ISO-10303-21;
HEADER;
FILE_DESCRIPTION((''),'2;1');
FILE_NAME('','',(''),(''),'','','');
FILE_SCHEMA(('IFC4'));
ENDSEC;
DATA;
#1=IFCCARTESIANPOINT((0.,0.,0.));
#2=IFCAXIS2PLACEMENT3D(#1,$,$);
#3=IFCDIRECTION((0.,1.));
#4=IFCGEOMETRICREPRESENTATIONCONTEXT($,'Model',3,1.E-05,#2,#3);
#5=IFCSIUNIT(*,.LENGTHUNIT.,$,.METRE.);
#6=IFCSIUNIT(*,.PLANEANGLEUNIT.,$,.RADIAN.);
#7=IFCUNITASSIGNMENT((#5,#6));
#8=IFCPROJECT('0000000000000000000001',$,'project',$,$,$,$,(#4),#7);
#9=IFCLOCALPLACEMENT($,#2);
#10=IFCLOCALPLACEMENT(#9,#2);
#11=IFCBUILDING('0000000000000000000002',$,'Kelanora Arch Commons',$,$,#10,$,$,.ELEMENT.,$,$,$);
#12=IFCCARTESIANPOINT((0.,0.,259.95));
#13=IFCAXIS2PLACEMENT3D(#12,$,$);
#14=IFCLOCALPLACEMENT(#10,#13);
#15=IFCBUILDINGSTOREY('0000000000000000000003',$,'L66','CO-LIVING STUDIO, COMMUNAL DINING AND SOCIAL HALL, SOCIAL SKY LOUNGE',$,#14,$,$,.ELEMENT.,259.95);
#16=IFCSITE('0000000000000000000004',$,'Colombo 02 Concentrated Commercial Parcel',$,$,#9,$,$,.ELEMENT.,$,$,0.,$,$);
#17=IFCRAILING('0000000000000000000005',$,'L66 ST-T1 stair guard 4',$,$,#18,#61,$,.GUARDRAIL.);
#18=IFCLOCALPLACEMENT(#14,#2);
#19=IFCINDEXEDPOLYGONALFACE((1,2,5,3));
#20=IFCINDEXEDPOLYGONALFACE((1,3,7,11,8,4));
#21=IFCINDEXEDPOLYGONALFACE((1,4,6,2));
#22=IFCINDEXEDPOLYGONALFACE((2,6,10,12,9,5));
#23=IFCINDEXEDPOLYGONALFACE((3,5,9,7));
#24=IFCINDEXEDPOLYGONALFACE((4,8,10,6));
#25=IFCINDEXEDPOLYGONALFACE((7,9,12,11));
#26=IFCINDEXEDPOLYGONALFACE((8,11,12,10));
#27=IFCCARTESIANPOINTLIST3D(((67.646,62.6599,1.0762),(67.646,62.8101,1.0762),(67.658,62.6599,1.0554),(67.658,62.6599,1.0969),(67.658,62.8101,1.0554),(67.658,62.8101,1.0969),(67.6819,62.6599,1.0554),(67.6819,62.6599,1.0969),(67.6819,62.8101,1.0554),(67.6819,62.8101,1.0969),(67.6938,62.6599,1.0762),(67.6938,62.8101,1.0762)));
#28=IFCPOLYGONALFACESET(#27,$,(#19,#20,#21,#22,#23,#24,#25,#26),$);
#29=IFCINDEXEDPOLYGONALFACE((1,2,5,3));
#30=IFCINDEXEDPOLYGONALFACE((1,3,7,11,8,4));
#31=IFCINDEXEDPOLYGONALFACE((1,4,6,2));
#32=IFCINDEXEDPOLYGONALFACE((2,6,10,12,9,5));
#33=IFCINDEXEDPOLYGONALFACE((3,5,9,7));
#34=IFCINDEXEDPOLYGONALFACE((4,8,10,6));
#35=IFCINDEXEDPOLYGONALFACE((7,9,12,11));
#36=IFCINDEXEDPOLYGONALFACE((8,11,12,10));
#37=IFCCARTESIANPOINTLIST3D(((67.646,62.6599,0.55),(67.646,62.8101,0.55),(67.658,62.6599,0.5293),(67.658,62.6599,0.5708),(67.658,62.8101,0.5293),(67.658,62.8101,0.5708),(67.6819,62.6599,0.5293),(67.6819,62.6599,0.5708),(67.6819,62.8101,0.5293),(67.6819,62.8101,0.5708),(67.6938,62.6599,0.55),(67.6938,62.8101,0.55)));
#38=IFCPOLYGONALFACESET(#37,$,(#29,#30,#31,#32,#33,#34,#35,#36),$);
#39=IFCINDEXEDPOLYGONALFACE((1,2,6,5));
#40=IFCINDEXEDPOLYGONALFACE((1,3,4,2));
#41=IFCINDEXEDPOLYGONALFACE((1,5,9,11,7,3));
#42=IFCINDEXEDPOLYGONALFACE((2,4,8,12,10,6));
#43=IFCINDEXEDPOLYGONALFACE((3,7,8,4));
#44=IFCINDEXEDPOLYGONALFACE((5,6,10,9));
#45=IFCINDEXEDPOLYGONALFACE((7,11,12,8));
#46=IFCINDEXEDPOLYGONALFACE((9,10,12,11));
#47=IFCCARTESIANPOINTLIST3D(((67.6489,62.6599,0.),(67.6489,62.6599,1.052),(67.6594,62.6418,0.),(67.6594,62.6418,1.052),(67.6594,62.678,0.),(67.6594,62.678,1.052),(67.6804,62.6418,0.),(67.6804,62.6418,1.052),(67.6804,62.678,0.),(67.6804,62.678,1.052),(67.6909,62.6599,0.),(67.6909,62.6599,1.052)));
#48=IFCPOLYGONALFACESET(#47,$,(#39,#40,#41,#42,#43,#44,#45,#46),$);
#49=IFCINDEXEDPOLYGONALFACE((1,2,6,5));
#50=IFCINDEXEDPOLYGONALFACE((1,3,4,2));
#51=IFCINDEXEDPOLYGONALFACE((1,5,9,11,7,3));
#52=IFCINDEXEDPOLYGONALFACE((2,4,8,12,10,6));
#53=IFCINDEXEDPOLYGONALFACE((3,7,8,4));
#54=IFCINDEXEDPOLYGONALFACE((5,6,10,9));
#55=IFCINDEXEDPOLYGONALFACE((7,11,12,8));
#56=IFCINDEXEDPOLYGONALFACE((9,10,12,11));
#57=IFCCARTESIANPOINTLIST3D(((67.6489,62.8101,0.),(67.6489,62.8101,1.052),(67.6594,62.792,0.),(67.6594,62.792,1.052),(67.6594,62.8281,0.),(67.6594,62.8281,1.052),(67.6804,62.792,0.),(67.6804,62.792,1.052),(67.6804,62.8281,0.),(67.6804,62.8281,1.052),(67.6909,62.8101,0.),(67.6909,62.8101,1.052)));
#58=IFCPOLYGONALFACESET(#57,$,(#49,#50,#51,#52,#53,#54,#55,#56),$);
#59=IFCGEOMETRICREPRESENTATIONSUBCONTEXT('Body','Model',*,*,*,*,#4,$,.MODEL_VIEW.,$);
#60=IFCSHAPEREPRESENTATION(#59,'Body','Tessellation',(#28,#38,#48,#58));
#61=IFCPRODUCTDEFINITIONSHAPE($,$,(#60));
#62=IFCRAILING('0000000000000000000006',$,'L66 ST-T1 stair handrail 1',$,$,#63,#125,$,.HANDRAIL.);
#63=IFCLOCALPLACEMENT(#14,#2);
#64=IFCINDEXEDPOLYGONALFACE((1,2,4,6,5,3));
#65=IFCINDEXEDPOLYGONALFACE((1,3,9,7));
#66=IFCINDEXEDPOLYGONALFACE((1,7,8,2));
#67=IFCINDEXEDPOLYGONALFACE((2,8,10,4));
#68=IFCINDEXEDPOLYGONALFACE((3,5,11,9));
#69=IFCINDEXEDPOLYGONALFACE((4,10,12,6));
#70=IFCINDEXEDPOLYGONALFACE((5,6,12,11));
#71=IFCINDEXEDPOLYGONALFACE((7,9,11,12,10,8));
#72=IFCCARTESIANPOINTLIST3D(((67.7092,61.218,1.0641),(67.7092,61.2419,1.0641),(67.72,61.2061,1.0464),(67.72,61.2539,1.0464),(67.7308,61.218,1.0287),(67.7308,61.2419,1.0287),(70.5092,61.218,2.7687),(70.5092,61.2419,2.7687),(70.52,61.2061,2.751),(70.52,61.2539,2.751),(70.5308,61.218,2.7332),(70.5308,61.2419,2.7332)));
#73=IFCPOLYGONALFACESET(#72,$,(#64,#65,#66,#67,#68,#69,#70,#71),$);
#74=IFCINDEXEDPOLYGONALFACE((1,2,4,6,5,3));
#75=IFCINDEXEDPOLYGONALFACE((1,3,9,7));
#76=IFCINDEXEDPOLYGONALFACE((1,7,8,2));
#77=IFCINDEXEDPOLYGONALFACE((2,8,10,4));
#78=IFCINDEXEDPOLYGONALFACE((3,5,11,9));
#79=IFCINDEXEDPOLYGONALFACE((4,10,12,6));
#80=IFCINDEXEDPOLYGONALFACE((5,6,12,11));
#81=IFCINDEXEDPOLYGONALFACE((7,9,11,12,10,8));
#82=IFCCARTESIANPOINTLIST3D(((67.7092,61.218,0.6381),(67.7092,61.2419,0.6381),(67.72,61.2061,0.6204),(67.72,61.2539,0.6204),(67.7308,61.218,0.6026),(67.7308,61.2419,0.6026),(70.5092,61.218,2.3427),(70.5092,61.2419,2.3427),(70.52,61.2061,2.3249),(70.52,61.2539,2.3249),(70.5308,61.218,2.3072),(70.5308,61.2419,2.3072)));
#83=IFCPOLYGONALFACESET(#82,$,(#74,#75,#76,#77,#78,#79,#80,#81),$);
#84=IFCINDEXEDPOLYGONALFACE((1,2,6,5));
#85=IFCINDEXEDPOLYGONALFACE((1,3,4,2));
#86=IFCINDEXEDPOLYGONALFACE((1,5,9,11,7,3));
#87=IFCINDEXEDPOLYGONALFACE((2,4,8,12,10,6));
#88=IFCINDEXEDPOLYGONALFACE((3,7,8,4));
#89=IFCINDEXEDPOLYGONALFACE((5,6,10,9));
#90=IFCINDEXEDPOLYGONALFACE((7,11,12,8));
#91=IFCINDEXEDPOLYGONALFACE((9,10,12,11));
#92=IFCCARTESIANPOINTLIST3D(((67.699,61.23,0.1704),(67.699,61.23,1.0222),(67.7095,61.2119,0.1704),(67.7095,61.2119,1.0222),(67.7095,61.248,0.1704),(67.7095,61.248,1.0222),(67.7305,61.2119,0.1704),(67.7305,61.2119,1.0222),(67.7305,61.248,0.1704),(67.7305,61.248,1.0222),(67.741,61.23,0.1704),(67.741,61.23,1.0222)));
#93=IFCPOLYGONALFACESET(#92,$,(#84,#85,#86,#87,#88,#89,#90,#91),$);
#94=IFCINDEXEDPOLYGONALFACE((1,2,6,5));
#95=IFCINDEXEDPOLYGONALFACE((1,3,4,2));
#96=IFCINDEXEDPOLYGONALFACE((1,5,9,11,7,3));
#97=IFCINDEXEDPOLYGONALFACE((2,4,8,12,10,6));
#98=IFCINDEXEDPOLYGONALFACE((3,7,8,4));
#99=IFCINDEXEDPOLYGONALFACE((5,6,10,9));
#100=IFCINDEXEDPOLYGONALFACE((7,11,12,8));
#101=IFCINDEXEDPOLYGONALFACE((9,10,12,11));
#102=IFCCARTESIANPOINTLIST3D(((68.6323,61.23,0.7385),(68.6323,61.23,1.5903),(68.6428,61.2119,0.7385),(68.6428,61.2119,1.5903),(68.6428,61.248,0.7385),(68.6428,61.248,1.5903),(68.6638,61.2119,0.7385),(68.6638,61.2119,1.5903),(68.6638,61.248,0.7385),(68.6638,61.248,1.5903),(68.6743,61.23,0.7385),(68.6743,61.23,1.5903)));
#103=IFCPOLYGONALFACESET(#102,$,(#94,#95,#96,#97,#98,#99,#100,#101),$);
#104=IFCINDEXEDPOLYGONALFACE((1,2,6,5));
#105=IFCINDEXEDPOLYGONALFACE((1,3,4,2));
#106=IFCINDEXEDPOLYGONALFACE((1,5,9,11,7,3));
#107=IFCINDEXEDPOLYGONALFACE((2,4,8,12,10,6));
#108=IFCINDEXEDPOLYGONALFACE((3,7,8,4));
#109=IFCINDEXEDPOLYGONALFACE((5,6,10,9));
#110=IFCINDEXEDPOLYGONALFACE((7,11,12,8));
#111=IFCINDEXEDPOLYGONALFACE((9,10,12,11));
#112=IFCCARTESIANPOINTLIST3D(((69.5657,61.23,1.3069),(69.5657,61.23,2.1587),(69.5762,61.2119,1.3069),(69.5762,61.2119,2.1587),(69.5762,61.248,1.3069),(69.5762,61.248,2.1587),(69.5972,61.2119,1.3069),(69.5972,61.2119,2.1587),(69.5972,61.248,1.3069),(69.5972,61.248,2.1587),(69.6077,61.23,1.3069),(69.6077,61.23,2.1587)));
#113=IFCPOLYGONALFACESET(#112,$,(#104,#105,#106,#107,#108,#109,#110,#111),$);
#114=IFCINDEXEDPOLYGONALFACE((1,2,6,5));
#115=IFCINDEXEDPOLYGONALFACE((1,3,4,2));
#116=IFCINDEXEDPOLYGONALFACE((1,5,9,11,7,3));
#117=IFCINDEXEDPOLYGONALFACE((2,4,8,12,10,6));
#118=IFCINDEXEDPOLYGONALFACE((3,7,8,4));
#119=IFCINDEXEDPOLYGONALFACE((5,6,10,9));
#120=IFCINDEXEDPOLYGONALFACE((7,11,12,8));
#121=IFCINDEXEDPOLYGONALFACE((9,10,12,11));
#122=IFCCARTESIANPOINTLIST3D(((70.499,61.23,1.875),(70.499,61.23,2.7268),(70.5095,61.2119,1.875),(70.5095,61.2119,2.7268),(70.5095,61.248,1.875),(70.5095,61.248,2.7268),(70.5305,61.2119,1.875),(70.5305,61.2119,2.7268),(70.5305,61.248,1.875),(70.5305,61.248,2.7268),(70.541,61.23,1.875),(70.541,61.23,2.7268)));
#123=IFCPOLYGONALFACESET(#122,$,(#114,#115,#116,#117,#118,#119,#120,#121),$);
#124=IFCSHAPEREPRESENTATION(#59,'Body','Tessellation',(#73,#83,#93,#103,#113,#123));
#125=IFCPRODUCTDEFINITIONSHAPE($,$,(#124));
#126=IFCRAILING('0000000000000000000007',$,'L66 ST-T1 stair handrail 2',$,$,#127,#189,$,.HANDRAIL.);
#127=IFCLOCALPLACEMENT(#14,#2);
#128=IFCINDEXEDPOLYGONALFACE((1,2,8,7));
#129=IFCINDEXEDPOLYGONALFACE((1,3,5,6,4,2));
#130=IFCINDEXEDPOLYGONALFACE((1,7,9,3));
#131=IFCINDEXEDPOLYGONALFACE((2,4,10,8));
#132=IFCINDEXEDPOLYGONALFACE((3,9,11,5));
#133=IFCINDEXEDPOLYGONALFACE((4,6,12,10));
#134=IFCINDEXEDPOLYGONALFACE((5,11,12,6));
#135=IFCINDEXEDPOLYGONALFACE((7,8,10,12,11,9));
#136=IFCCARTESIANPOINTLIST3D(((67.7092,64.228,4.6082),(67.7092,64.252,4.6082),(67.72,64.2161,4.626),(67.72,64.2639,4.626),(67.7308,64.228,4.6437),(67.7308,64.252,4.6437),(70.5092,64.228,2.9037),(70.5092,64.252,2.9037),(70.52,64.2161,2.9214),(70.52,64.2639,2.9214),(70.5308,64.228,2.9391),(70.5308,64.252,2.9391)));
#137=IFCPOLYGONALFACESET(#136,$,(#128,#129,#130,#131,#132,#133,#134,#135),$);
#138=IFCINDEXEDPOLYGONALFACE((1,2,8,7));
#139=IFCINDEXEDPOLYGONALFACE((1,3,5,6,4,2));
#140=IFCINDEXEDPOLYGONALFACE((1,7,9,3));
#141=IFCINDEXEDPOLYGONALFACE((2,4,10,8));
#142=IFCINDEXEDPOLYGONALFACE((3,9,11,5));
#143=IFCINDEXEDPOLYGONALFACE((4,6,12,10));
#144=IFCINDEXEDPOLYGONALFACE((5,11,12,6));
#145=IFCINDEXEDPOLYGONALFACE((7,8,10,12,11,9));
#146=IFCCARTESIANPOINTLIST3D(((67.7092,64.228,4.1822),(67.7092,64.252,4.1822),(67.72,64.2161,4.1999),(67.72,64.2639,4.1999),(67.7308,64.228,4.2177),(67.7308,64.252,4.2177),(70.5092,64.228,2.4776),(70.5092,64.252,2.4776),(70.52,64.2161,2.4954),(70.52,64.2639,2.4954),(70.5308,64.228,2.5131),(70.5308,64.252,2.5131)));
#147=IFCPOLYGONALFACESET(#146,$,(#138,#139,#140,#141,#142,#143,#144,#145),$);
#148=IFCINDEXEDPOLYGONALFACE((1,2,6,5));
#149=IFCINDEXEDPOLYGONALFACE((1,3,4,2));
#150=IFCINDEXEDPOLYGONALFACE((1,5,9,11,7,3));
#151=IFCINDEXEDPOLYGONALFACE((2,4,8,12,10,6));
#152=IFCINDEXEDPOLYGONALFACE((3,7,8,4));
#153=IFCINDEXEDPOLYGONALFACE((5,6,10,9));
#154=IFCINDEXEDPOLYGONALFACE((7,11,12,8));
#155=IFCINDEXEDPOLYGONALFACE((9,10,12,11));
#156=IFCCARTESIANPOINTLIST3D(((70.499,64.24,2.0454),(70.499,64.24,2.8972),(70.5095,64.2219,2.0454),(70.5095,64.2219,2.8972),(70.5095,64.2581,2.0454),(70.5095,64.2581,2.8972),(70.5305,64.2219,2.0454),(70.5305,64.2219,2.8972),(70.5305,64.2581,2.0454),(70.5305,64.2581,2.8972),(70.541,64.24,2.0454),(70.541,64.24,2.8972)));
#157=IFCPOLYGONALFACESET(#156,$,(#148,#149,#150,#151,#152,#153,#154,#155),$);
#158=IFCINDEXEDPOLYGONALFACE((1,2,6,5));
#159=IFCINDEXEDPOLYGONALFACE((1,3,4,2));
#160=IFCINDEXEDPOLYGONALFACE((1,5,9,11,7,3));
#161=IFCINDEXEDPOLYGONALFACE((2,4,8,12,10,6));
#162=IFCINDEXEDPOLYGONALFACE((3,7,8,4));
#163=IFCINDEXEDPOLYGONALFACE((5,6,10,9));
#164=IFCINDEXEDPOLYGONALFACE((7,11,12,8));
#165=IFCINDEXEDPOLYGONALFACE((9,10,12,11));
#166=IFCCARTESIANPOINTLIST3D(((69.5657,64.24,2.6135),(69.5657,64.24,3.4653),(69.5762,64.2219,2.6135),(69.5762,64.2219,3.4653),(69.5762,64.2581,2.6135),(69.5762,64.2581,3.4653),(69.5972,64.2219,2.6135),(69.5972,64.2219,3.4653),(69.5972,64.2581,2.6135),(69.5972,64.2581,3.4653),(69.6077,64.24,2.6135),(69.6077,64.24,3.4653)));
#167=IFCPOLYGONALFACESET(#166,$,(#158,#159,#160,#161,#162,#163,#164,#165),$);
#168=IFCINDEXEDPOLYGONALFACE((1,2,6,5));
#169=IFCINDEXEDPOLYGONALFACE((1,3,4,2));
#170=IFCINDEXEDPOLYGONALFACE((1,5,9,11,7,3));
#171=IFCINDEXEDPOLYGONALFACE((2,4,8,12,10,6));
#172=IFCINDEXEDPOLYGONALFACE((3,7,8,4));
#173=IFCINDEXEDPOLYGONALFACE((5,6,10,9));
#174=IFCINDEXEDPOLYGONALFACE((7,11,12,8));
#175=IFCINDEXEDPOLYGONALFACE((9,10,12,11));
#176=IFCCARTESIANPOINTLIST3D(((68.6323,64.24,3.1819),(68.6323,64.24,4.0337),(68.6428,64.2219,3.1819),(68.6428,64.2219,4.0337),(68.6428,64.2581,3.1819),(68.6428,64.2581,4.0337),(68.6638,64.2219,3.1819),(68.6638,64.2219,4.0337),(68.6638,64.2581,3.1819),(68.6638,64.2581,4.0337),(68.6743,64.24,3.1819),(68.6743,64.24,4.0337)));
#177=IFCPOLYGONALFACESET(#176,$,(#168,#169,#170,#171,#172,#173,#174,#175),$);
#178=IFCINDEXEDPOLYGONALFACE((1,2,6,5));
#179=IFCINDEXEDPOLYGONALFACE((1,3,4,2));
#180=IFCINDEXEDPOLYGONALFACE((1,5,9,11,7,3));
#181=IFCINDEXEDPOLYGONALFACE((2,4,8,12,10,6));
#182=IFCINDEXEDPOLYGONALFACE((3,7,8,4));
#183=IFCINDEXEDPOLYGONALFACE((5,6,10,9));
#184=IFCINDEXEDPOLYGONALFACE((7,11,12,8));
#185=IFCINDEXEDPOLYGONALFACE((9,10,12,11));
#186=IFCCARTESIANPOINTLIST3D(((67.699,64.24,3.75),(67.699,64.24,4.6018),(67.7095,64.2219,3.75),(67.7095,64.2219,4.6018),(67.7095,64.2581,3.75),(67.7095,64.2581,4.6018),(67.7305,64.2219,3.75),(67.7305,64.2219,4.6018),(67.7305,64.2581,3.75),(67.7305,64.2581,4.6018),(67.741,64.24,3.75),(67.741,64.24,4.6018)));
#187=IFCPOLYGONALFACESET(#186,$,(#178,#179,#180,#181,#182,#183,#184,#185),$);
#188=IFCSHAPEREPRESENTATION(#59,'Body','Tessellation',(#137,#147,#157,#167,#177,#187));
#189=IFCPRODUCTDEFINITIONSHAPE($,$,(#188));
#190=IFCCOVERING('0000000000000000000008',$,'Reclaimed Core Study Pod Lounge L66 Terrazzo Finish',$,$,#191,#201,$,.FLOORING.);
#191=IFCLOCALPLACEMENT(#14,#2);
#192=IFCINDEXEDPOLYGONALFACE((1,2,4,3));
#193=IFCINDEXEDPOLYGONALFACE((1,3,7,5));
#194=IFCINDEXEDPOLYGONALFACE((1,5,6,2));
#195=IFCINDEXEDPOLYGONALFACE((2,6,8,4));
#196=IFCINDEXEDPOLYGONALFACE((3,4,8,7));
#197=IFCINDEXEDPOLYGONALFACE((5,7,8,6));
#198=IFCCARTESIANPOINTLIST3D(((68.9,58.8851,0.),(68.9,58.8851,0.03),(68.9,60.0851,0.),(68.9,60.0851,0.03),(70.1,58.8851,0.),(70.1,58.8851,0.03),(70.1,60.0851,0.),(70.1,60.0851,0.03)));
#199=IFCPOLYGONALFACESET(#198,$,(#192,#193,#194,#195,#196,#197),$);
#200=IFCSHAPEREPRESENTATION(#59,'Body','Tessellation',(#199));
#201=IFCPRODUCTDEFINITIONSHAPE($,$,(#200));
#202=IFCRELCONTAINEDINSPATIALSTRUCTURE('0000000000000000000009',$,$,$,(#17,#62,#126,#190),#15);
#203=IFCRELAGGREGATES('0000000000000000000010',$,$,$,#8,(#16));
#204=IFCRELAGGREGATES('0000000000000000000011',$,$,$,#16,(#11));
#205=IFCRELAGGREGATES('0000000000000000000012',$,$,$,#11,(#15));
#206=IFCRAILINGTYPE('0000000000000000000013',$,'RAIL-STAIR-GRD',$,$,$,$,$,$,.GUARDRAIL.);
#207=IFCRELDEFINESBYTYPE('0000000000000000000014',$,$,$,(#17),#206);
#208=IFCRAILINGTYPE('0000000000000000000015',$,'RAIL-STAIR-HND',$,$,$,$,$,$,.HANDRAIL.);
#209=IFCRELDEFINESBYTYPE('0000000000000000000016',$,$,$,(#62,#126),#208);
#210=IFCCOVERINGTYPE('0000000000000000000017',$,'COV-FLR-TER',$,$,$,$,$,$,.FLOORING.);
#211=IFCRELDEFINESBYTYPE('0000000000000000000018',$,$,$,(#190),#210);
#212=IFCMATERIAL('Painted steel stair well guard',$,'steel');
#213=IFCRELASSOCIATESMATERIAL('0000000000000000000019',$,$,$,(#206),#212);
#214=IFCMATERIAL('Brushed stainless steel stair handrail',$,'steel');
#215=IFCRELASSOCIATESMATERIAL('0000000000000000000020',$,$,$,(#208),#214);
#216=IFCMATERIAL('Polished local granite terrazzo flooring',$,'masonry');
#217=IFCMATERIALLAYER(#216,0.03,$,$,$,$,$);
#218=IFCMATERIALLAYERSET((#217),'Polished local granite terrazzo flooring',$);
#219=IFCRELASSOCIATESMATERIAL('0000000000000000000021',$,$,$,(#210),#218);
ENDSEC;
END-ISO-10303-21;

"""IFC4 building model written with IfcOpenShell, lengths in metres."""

from ifc_helpers import new_model, si_unit, direction, frame, origin, origin_2d, place, context, subcontext, project, spatial, polyline, rectangle, outline, extrude, source, transform, mapped, material, layer, layer_set, type_object, element, save


model = new_model("IFC4")

# Units and contexts
model_context = context("Model", 3, precision=1e-05, world=origin(), true_north=direction((0.0, 1.0)))
body_context = subcontext(model_context, "Body", "Model", "MODEL_VIEW")
ifc_project = project(units=[si_unit("LENGTHUNIT", "METRE"), si_unit("PLANEANGLEUNIT", "RADIAN")], contexts=[model_context])

# Site, building, storey
site_placement = place(None, origin())
site = spatial("IfcSite", under=ifc_project, at=site_placement, Name="Colombo 02 Concentrated Commercial Parcel", CompositionType="ELEMENT", RefElevation=0.0)
building_placement = place(site_placement, origin())
building = spatial("IfcBuilding", under=site, at=building_placement, Name="Kelanora Arch Commons", CompositionType="ELEMENT")
storey_placement = place(building_placement, frame((0.0, 0.0, 259.95)))
storey = spatial("IfcBuildingStorey", under=building, at=storey_placement, Name="L66", Description="CO-LIVING STUDIO, COMMUNAL DINING AND SOCIAL HALL, SOCIAL SKY LOUNGE", CompositionType="ELEMENT", Elevation=259.95)

# Railings
ifc_material_1 = material(Name="Painted steel stair well guard", Category="steel")
railing_type_1 = type_object("IfcRailingType", Name="RAIL-STAIR-GRD", PredefinedType="GUARDRAIL", material=ifc_material_1)
railing_1_placement = place(storey_placement, frame((67.6699, 62.6599, 0.0)))
element("IfcRailing", 1, at=railing_1_placement, inside=storey, type_object=railing_type_1, Name="L66 ST-T1 stair guard 4", PredefinedType="GUARDRAIL", context=body_context, shape_type="SweptSolid", body=[
    extrude(outline(polyline([(0.0239, 0.0), (0.012, 0.0208), (-0.012, 0.0208), (-0.0239, 0.0), (-0.012, -0.0208), (0.012, -0.0208), (0.0239, 0.0)])), frame((0.0, 0.0, 1.0762), z_axis=(0.0, 1.0, 0.0), x_axis=(-1.0, 0.0, 0.0)), (0.0, 0.0, 1.0), 0.1501),
    extrude(outline(polyline([(0.0239, 0.0), (0.012, 0.0208), (-0.012, 0.0208), (-0.0239, 0.0), (-0.012, -0.0208), (0.012, -0.0208), (0.0239, 0.0)])), frame((0.0, 0.0, 0.55), z_axis=(0.0, 1.0, 0.0), x_axis=(-1.0, 0.0, 0.0)), (0.0, 0.0, 1.0), 0.1501),
    extrude(outline(polyline([(0.021, 0.0), (0.0105, 0.0181), (-0.0105, 0.0181), (-0.021, 0.0), (-0.0105, -0.0181), (0.0105, -0.0181), (0.021, 0.0)])), origin(), (0.0, 0.0, 1.0), 1.052),
    extrude(outline(polyline([(0.021, 0.0), (0.0105, 0.0181), (-0.0105, 0.0181), (-0.021, 0.0), (-0.0105, -0.0181), (0.0105, -0.0181), (0.021, 0.0)])), frame((0.0, 0.1501, 0.0)), (0.0, 0.0, 1.0), 1.052),
])
ifc_material_2 = material(Name="Brushed stainless steel stair handrail", Category="steel")
railing_type_2 = type_object("IfcRailingType", Name="RAIL-STAIR-HND", PredefinedType="HANDRAIL", material=ifc_material_2)
railing_2_placement = place(storey_placement, frame((67.72, 61.23, 0.1704)))
element("IfcRailing", 2, at=railing_2_placement, inside=storey, type_object=railing_type_2, Name="L66 ST-T1 stair handrail 1", PredefinedType="HANDRAIL", context=body_context, shape_type="SweptSolid", body=[
    extrude(outline(polyline([(0.0239, 0.0), (0.012, 0.0208), (-0.012, 0.0208), (-0.0239, 0.0), (-0.012, -0.0208), (0.012, -0.0208), (0.0239, 0.0)])), frame((0.0, 0.0, 0.876), z_axis=(0.85417, 0.0, 0.519994), x_axis=(0.0, 1.0, 0.0)), (0.0, 0.0, 1.0), 3.2781),
    extrude(outline(polyline([(0.0239, 0.0), (0.012, 0.0208), (-0.012, 0.0208), (-0.0239, 0.0), (-0.012, -0.0208), (0.012, -0.0208), (0.0239, 0.0)])), frame((0.0, 0.0, 0.45), z_axis=(0.85417, 0.0, 0.519994), x_axis=(0.0, 1.0, 0.0)), (0.0, 0.0, 1.0), 3.2781),
    extrude(outline(polyline([(0.021, 0.0), (0.0105, 0.0181), (-0.0105, 0.0181), (-0.021, 0.0), (-0.0105, -0.0181), (0.0105, -0.0181), (0.021, 0.0)])), origin(), (0.0, 0.0, 1.0), 0.8518),
    extrude(outline(polyline([(0.021, 0.0), (0.0105, 0.0181), (-0.0105, 0.0181), (-0.021, 0.0), (-0.0105, -0.0181), (0.0105, -0.0181), (0.021, 0.0)])), frame((0.9333, 0.0, 0.5681)), (0.0, 0.0, 1.0), 0.8518),
    extrude(outline(polyline([(0.021, 0.0), (0.0105, 0.0181), (-0.0105, 0.0181), (-0.021, 0.0), (-0.0105, -0.0181), (0.0105, -0.0181), (0.021, 0.0)])), frame((1.8667, 0.0, 1.1365)), (0.0, 0.0, 1.0), 0.8518),
    extrude(outline(polyline([(0.021, 0.0), (0.0105, 0.0181), (-0.0105, 0.0181), (-0.021, 0.0), (-0.0105, -0.0181), (0.0105, -0.0181), (0.021, 0.0)])), frame((2.8, 0.0, 1.7046)), (0.0, 0.0, 1.0), 0.8518),
])
railing_3_placement = place(storey_placement, frame((70.52, 64.24, 2.0454)))
element("IfcRailing", 3, at=railing_3_placement, inside=storey, type_object=railing_type_2, Name="L66 ST-T1 stair handrail 2", PredefinedType="HANDRAIL", context=body_context, shape_type="SweptSolid", body=[
    extrude(outline(polyline([(0.0239, 0.0), (0.012, 0.0208), (-0.012, 0.0208), (-0.0239, 0.0), (-0.012, -0.0208), (0.012, -0.0208), (0.0239, 0.0)])), frame((0.0, 0.0, 0.876), z_axis=(-0.85417, 0.0, 0.519994), x_axis=(0.0, -1.0, 0.0)), (0.0, 0.0, 1.0), 3.2781),
    extrude(outline(polyline([(0.0239, 0.0), (0.012, 0.0208), (-0.012, 0.0208), (-0.0239, 0.0), (-0.012, -0.0208), (0.012, -0.0208), (0.0239, 0.0)])), frame((0.0, 0.0, 0.45), z_axis=(-0.85417, 0.0, 0.519994), x_axis=(0.0, -1.0, 0.0)), (0.0, 0.0, 1.0), 3.2781),
    extrude(outline(polyline([(0.021, 0.0), (0.0105, 0.0181), (-0.0105, 0.0181), (-0.021, 0.0), (-0.0105, -0.0181), (0.0105, -0.0181), (0.021, 0.0)])), origin(), (0.0, 0.0, 1.0), 0.8518),
    extrude(outline(polyline([(0.021, 0.0), (0.0105, 0.0181), (-0.0105, 0.0181), (-0.021, 0.0), (-0.0105, -0.0181), (0.0105, -0.0181), (0.021, 0.0)])), frame((-0.9333, 0.0, 0.5681)), (0.0, 0.0, 1.0), 0.8518),
    extrude(outline(polyline([(0.021, 0.0), (0.0105, 0.0181), (-0.0105, 0.0181), (-0.021, 0.0), (-0.0105, -0.0181), (0.0105, -0.0181), (0.021, 0.0)])), frame((-1.8667, 0.0, 1.1365)), (0.0, 0.0, 1.0), 0.8518),
    extrude(outline(polyline([(0.021, 0.0), (0.0105, 0.0181), (-0.0105, 0.0181), (-0.021, 0.0), (-0.0105, -0.0181), (0.0105, -0.0181), (0.021, 0.0)])), frame((-2.8, 0.0, 1.7046)), (0.0, 0.0, 1.0), 0.8518),
])

# Covering
ifc_material_3 = material(Name="Polished local granite terrazzo flooring", Category="masonry")
ifc_layer_1 = layer(ifc_material_3, 0.03)
ifc_layer_set_1 = layer_set([ifc_layer_1], Name="Polished local granite terrazzo flooring")
covering_type = type_object("IfcCoveringType", Name="COV-FLR-TER", PredefinedType="FLOORING", material=ifc_layer_set_1)
shared_shape = source(origin(), body_context, "Body", "SweptSolid", [
    extrude(rectangle(XDim=1.2, YDim=1.2, at=origin_2d()), origin(), (0.0, 0.0, 1.0), 0.03),
])
covering_placement = place(storey_placement, frame((69.5, 59.4851, 0.0), z_axis=(0.0, 0.0, 1.0), x_axis=(1.0, 0.0, 0.0)))
element("IfcCovering", 4, at=covering_placement, inside=storey, type_object=covering_type, Name="Reclaimed Core Study Pod Lounge L66 Terrazzo Finish", PredefinedType="FLOORING", context=body_context, shape_type="MappedRepresentation", body=[
    mapped(shared_shape, transform((0.0, 0.0, 0.0), scale=1.0)),
])

save(model, "model.ifc")
